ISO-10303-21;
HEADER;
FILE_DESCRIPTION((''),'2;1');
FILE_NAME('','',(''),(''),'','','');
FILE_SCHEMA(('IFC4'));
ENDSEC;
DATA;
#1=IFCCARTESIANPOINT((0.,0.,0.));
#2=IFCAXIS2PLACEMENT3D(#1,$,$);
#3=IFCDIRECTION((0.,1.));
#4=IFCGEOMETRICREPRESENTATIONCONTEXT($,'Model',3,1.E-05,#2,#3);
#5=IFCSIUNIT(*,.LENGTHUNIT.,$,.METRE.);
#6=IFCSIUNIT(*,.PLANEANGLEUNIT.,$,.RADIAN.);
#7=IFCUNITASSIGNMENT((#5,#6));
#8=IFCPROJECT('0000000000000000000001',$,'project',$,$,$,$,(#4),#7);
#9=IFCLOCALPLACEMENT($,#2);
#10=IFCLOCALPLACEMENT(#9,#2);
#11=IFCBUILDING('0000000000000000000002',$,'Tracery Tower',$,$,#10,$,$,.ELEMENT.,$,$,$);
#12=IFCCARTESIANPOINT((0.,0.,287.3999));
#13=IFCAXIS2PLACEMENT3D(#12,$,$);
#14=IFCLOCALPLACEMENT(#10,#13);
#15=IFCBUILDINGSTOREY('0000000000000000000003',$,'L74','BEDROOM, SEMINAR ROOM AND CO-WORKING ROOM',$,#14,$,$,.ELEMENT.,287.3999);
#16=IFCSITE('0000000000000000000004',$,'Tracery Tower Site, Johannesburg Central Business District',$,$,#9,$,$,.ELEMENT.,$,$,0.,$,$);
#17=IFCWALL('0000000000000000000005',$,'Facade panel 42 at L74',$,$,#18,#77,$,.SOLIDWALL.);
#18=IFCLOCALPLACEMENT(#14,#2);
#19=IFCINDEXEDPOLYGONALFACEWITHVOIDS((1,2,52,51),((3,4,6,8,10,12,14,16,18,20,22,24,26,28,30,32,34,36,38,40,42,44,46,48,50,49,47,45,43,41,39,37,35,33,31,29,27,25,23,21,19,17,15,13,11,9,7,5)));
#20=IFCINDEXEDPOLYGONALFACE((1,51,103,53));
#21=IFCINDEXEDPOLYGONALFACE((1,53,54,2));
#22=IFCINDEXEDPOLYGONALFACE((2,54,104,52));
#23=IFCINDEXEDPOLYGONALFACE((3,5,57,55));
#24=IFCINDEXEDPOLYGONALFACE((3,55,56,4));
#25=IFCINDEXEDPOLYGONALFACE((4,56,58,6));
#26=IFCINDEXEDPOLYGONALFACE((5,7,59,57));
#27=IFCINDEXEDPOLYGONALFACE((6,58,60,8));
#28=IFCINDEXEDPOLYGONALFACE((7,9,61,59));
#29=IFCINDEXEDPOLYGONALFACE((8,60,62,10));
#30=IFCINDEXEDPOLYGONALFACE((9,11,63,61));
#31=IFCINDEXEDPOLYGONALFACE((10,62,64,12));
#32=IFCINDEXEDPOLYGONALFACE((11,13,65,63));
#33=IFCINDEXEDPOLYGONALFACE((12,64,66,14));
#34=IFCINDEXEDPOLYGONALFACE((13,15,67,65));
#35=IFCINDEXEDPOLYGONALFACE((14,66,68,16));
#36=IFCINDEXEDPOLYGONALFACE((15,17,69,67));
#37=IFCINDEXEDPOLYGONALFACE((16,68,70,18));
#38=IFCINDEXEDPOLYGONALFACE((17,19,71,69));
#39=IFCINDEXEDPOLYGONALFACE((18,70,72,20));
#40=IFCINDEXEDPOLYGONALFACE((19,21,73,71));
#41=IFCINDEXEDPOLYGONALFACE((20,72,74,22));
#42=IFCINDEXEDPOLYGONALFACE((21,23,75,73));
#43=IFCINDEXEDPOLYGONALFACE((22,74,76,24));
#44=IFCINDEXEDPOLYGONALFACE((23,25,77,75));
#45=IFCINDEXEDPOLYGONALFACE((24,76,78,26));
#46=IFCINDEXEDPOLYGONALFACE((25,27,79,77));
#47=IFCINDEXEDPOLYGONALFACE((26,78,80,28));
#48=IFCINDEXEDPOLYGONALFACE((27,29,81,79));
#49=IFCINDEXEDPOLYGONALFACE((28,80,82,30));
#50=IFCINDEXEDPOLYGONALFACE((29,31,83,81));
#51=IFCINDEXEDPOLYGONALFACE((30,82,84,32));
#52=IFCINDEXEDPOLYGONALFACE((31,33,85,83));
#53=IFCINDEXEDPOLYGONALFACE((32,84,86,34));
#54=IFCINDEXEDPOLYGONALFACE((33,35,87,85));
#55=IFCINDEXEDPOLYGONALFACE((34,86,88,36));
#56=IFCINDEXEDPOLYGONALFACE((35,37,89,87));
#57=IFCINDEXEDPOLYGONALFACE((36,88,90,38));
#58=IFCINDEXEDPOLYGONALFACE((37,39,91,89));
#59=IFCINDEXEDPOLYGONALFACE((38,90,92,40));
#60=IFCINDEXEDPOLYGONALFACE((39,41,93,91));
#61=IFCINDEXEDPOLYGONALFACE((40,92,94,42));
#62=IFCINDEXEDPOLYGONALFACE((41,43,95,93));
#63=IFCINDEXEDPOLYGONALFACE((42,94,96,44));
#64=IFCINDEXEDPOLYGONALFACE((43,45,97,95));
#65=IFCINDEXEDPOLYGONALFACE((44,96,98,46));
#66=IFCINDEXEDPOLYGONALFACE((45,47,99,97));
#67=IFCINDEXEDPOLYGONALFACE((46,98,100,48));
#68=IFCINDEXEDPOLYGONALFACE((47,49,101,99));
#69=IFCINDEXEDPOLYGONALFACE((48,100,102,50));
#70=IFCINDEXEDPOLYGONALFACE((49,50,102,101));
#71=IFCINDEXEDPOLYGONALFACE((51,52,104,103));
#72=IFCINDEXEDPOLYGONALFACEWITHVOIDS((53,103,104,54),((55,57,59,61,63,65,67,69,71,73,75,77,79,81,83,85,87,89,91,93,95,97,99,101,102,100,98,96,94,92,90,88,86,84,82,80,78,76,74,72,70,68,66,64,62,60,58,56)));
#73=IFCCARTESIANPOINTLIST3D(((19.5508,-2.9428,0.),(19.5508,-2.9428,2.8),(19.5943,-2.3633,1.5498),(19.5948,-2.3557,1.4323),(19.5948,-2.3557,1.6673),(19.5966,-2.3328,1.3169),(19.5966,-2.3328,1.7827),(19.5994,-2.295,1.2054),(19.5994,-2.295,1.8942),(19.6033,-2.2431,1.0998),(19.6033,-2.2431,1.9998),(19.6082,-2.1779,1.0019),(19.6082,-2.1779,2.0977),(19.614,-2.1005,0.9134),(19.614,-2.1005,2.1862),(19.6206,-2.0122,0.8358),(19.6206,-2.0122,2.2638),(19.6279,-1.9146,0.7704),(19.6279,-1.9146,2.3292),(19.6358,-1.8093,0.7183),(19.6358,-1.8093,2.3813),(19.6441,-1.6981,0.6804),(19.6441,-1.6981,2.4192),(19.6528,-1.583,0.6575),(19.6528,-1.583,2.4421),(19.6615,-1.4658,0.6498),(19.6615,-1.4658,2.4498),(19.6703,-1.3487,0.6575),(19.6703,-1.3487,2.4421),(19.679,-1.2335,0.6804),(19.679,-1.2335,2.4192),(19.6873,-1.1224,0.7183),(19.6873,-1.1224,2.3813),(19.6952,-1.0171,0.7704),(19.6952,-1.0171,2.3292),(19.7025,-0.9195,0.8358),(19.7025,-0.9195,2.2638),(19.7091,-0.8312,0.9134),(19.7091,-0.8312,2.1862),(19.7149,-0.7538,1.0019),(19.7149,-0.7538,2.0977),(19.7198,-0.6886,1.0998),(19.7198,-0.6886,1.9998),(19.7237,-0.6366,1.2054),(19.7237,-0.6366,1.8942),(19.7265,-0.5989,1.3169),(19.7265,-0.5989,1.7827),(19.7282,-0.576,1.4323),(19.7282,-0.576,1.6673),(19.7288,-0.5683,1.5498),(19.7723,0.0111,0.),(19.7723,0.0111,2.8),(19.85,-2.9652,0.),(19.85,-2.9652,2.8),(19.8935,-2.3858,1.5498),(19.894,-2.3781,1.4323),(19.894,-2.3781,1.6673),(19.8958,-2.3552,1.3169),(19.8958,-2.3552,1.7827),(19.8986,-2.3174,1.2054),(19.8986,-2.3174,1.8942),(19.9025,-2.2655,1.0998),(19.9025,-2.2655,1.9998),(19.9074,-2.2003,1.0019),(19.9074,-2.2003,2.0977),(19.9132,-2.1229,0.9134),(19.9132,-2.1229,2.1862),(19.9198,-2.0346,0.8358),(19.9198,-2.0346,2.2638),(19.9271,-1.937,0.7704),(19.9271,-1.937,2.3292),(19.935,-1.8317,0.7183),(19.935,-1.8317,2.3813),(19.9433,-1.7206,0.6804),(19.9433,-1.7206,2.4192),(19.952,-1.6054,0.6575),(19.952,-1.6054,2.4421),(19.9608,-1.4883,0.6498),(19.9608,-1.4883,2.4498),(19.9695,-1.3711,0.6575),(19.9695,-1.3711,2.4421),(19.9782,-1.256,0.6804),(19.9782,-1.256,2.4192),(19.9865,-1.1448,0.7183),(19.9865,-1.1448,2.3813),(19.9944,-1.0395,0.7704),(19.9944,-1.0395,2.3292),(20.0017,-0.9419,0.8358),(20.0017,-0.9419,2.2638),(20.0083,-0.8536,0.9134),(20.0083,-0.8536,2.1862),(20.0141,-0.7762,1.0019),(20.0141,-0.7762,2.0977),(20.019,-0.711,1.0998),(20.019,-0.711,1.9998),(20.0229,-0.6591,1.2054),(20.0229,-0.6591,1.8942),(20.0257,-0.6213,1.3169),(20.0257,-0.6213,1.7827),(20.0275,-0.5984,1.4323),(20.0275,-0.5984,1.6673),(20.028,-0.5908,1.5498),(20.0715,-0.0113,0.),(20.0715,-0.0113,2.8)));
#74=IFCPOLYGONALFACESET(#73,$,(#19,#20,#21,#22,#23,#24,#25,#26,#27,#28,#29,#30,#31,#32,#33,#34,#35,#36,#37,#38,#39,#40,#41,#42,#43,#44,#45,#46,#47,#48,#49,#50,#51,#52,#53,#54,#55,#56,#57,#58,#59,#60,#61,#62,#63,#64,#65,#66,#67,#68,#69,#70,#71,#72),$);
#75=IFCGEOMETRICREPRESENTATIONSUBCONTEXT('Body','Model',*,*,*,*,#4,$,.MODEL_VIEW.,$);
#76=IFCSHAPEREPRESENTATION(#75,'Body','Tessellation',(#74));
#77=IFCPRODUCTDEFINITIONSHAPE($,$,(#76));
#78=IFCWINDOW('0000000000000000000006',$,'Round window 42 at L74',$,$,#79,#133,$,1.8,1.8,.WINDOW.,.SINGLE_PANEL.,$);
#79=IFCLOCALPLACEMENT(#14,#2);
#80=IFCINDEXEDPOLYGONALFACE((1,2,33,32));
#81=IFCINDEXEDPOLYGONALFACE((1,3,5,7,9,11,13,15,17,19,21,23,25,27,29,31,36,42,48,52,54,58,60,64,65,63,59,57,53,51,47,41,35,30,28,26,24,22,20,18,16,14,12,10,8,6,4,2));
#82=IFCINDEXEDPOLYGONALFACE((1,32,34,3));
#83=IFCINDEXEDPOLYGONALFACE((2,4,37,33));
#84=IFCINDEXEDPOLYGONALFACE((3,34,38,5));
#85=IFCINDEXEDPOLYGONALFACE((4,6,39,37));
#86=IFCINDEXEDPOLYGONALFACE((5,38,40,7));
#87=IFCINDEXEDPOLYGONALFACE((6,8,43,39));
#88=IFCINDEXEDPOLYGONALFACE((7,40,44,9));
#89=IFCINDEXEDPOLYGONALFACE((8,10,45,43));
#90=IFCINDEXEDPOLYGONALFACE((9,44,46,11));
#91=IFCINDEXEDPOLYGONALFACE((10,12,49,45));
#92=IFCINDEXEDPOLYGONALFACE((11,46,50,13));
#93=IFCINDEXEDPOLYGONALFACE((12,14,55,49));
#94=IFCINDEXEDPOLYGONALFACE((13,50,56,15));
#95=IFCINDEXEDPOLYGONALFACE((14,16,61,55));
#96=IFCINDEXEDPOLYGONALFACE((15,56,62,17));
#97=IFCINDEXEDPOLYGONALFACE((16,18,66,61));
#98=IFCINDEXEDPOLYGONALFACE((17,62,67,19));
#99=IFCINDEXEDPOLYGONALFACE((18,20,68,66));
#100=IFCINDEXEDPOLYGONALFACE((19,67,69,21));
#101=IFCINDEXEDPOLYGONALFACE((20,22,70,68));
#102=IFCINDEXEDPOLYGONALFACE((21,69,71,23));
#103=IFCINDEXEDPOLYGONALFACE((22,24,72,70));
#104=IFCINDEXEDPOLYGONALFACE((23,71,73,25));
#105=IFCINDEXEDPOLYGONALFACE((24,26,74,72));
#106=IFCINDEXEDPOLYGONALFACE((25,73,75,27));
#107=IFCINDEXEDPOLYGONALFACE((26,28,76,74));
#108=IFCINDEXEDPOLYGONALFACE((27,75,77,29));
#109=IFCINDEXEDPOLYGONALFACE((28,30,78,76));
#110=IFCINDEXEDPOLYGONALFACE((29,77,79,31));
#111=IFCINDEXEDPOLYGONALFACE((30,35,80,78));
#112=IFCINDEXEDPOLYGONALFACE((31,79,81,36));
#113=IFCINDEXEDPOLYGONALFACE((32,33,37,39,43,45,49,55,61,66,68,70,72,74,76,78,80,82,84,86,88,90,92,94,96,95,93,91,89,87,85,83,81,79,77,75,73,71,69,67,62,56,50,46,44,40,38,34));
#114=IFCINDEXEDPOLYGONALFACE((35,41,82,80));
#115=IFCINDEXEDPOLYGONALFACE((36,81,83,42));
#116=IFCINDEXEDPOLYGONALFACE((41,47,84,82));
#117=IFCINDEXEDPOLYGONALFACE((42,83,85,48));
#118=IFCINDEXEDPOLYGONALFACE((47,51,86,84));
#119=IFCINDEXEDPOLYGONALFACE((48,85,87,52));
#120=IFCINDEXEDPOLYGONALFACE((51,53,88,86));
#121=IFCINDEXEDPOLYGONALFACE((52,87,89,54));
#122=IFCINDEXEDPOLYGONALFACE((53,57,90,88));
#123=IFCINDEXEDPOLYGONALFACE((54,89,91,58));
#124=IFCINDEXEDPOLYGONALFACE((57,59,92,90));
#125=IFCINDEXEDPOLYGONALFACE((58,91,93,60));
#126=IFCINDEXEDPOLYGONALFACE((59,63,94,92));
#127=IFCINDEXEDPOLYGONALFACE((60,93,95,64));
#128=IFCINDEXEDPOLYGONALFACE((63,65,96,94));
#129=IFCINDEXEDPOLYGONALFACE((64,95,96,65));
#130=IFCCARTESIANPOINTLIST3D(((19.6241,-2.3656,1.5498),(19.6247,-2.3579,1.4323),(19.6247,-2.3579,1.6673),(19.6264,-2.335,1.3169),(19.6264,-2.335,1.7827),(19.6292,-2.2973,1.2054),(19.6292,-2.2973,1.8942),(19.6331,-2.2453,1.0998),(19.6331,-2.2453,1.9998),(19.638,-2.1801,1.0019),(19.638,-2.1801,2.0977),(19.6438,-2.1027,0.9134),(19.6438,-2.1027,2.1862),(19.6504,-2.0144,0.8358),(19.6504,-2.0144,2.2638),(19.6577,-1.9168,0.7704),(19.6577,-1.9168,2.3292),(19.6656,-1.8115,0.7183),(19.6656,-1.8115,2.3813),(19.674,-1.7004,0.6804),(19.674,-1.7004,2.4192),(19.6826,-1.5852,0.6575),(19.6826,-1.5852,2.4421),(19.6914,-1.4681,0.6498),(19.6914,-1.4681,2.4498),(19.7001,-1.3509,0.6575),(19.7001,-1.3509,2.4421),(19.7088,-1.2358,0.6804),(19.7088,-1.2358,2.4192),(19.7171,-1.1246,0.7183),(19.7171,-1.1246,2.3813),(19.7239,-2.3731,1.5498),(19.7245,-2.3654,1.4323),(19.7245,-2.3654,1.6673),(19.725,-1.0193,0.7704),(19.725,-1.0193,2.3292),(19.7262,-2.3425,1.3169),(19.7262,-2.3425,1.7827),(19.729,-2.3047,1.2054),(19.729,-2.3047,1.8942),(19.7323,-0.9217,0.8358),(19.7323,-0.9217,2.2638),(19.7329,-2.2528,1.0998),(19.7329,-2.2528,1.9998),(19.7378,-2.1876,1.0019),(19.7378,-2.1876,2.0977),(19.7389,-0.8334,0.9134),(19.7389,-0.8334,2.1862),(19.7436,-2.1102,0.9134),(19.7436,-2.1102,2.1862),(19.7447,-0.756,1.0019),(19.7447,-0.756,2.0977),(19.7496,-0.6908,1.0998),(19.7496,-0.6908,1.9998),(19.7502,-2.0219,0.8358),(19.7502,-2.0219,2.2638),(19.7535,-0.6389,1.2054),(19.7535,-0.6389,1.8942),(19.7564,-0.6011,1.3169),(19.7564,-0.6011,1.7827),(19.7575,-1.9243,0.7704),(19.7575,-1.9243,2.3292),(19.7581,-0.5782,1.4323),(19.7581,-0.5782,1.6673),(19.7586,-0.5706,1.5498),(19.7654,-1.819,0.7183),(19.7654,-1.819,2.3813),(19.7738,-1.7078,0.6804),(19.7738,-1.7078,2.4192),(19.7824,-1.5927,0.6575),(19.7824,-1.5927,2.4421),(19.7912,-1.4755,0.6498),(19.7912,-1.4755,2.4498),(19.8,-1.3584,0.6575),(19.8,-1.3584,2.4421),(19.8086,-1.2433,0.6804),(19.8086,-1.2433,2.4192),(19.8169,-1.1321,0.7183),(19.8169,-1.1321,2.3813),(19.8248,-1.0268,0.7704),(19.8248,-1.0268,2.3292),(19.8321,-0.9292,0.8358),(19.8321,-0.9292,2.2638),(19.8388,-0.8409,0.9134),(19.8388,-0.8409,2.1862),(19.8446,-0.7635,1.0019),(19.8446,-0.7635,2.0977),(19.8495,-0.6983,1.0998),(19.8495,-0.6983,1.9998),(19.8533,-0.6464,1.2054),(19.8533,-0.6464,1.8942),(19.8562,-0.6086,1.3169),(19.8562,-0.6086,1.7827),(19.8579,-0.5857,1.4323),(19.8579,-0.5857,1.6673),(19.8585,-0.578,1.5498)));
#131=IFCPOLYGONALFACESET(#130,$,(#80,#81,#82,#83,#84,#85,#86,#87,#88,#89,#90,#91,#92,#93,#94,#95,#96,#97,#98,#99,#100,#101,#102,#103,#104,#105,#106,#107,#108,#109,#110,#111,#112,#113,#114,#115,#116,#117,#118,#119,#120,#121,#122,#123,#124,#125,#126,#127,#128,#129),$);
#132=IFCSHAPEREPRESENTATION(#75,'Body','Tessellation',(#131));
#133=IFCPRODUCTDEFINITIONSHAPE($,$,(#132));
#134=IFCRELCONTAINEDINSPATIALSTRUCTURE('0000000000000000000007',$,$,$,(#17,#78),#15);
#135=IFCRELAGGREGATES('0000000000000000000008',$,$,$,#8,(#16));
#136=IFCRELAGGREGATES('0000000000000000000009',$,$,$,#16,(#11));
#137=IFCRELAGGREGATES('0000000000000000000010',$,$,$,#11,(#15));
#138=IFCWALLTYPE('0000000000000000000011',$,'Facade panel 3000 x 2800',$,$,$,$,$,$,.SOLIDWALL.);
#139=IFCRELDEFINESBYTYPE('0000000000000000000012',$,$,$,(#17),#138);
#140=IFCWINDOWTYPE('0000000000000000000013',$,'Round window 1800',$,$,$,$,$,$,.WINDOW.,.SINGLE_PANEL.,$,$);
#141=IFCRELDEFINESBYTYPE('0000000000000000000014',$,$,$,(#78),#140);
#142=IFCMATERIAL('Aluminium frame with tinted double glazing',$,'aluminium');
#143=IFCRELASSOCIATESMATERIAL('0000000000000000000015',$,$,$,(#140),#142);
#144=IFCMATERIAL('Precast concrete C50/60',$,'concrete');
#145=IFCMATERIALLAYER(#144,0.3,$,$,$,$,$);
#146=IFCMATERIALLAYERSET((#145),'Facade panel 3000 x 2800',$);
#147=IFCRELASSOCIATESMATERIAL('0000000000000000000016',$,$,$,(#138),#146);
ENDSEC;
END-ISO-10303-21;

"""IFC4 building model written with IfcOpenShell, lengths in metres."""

from ifc_helpers import new_model, si_unit, direction, frame, frame_2d, origin, origin_2d, place, context, subcontext, project, spatial, rectangle, circle, extrude, material, layer, layer_set, type_object, element, fill, save


model = new_model("IFC4")

# Units and contexts
model_context = context("Model", 3, precision=1e-05, world=origin(), true_north=direction((0.0, 1.0)))
body_context = subcontext(model_context, "Body", "Model", "MODEL_VIEW")
ifc_project = project(units=[si_unit("LENGTHUNIT", "METRE"), si_unit("PLANEANGLEUNIT", "RADIAN")], contexts=[model_context])

# Site, building, storey
site_placement = place(None, origin())
site = spatial("IfcSite", under=ifc_project, at=site_placement, Name="Tracery Tower Site, Johannesburg Central Business District", CompositionType="ELEMENT", RefElevation=0.0)
building_placement = place(site_placement, origin())
building = spatial("IfcBuilding", under=site, at=building_placement, Name="Tracery Tower", CompositionType="ELEMENT")
storey_placement = place(building_placement, frame((0.0, 0.0, 287.3999)))
storey = spatial("IfcBuildingStorey", under=building, at=storey_placement, Name="L74", Description="BEDROOM, SEMINAR ROOM AND CO-WORKING ROOM", CompositionType="ELEMENT", Elevation=287.3999)

# Wall, opening, window
ifc_material_1 = material(Name="Aluminium frame with tinted double glazing", Category="aluminium")
window_type = type_object("IfcWindowType", Name="Round window 1800", PartitioningType="SINGLE_PANEL", PredefinedType="WINDOW", material=ifc_material_1)
ifc_material_2 = material(Name="Precast concrete C50/60", Category="concrete")
ifc_layer_1 = layer(ifc_material_2, 0.3)
ifc_layer_set_1 = layer_set([ifc_layer_1], Name="Facade panel 3000 x 2800")
wall_type_1 = type_object("IfcWallType", Name="Facade panel 3000 x 2800", PredefinedType="SOLIDWALL", material=ifc_layer_set_1)
wall_1_placement = place(storey_placement, frame((19.7004, -2.9539, 0.0), z_axis=(0.0, 0.0, 1.0), x_axis=(0.074755, 0.997202, 0.0)))
wall_1 = element("IfcWall", 1, at=wall_1_placement, inside=storey, type_object=wall_type_1, Name="Facade panel 42 at L74", PredefinedType="SOLIDWALL", context=body_context, shape_type="SweptSolid", body=[
    extrude(rectangle(XDim=2.9622, YDim=0.3, at=frame_2d((1.481, 0.0))), origin(), (0.0, 0.0, 1.0), 2.8),
])
opening_1_placement = place(wall_1_placement, frame((1.481, 0.0, 1.5498)))
opening_1 = element("IfcOpeningElement", 2, at=opening_1_placement, cuts=wall_1, PredefinedType="OPENING", context=body_context, shape_type="SweptSolid", body=[
    extrude(circle(Radius=0.9, at=origin_2d()), frame((0.0, 0.1599, 0.0), z_axis=(0.0, -1.0, 0.0), x_axis=(1.0, 0.0, 0.0)), (0.0, 0.0, 1.0), 0.3201),
])
window_1_placement = place(opening_1_placement, origin())
window_1 = element("IfcWindow", 3, at=window_1_placement, inside=storey, type_object=window_type, Name="Round window 42 at L74", OverallHeight=1.8, OverallWidth=1.8, PartitioningType="SINGLE_PANEL", PredefinedType="WINDOW", context=body_context, shape_type="SweptSolid", body=[
    extrude(circle(Radius=0.9, at=origin_2d()), frame((0.0, 0.1201, 0.0), z_axis=(0.0, -1.0, 0.0), x_axis=(1.0, 0.0, 0.0)), (0.0, 0.0, 1.0), 0.1001),
])
fill(opening_1, window_1)

save(model, "model.ifc")
